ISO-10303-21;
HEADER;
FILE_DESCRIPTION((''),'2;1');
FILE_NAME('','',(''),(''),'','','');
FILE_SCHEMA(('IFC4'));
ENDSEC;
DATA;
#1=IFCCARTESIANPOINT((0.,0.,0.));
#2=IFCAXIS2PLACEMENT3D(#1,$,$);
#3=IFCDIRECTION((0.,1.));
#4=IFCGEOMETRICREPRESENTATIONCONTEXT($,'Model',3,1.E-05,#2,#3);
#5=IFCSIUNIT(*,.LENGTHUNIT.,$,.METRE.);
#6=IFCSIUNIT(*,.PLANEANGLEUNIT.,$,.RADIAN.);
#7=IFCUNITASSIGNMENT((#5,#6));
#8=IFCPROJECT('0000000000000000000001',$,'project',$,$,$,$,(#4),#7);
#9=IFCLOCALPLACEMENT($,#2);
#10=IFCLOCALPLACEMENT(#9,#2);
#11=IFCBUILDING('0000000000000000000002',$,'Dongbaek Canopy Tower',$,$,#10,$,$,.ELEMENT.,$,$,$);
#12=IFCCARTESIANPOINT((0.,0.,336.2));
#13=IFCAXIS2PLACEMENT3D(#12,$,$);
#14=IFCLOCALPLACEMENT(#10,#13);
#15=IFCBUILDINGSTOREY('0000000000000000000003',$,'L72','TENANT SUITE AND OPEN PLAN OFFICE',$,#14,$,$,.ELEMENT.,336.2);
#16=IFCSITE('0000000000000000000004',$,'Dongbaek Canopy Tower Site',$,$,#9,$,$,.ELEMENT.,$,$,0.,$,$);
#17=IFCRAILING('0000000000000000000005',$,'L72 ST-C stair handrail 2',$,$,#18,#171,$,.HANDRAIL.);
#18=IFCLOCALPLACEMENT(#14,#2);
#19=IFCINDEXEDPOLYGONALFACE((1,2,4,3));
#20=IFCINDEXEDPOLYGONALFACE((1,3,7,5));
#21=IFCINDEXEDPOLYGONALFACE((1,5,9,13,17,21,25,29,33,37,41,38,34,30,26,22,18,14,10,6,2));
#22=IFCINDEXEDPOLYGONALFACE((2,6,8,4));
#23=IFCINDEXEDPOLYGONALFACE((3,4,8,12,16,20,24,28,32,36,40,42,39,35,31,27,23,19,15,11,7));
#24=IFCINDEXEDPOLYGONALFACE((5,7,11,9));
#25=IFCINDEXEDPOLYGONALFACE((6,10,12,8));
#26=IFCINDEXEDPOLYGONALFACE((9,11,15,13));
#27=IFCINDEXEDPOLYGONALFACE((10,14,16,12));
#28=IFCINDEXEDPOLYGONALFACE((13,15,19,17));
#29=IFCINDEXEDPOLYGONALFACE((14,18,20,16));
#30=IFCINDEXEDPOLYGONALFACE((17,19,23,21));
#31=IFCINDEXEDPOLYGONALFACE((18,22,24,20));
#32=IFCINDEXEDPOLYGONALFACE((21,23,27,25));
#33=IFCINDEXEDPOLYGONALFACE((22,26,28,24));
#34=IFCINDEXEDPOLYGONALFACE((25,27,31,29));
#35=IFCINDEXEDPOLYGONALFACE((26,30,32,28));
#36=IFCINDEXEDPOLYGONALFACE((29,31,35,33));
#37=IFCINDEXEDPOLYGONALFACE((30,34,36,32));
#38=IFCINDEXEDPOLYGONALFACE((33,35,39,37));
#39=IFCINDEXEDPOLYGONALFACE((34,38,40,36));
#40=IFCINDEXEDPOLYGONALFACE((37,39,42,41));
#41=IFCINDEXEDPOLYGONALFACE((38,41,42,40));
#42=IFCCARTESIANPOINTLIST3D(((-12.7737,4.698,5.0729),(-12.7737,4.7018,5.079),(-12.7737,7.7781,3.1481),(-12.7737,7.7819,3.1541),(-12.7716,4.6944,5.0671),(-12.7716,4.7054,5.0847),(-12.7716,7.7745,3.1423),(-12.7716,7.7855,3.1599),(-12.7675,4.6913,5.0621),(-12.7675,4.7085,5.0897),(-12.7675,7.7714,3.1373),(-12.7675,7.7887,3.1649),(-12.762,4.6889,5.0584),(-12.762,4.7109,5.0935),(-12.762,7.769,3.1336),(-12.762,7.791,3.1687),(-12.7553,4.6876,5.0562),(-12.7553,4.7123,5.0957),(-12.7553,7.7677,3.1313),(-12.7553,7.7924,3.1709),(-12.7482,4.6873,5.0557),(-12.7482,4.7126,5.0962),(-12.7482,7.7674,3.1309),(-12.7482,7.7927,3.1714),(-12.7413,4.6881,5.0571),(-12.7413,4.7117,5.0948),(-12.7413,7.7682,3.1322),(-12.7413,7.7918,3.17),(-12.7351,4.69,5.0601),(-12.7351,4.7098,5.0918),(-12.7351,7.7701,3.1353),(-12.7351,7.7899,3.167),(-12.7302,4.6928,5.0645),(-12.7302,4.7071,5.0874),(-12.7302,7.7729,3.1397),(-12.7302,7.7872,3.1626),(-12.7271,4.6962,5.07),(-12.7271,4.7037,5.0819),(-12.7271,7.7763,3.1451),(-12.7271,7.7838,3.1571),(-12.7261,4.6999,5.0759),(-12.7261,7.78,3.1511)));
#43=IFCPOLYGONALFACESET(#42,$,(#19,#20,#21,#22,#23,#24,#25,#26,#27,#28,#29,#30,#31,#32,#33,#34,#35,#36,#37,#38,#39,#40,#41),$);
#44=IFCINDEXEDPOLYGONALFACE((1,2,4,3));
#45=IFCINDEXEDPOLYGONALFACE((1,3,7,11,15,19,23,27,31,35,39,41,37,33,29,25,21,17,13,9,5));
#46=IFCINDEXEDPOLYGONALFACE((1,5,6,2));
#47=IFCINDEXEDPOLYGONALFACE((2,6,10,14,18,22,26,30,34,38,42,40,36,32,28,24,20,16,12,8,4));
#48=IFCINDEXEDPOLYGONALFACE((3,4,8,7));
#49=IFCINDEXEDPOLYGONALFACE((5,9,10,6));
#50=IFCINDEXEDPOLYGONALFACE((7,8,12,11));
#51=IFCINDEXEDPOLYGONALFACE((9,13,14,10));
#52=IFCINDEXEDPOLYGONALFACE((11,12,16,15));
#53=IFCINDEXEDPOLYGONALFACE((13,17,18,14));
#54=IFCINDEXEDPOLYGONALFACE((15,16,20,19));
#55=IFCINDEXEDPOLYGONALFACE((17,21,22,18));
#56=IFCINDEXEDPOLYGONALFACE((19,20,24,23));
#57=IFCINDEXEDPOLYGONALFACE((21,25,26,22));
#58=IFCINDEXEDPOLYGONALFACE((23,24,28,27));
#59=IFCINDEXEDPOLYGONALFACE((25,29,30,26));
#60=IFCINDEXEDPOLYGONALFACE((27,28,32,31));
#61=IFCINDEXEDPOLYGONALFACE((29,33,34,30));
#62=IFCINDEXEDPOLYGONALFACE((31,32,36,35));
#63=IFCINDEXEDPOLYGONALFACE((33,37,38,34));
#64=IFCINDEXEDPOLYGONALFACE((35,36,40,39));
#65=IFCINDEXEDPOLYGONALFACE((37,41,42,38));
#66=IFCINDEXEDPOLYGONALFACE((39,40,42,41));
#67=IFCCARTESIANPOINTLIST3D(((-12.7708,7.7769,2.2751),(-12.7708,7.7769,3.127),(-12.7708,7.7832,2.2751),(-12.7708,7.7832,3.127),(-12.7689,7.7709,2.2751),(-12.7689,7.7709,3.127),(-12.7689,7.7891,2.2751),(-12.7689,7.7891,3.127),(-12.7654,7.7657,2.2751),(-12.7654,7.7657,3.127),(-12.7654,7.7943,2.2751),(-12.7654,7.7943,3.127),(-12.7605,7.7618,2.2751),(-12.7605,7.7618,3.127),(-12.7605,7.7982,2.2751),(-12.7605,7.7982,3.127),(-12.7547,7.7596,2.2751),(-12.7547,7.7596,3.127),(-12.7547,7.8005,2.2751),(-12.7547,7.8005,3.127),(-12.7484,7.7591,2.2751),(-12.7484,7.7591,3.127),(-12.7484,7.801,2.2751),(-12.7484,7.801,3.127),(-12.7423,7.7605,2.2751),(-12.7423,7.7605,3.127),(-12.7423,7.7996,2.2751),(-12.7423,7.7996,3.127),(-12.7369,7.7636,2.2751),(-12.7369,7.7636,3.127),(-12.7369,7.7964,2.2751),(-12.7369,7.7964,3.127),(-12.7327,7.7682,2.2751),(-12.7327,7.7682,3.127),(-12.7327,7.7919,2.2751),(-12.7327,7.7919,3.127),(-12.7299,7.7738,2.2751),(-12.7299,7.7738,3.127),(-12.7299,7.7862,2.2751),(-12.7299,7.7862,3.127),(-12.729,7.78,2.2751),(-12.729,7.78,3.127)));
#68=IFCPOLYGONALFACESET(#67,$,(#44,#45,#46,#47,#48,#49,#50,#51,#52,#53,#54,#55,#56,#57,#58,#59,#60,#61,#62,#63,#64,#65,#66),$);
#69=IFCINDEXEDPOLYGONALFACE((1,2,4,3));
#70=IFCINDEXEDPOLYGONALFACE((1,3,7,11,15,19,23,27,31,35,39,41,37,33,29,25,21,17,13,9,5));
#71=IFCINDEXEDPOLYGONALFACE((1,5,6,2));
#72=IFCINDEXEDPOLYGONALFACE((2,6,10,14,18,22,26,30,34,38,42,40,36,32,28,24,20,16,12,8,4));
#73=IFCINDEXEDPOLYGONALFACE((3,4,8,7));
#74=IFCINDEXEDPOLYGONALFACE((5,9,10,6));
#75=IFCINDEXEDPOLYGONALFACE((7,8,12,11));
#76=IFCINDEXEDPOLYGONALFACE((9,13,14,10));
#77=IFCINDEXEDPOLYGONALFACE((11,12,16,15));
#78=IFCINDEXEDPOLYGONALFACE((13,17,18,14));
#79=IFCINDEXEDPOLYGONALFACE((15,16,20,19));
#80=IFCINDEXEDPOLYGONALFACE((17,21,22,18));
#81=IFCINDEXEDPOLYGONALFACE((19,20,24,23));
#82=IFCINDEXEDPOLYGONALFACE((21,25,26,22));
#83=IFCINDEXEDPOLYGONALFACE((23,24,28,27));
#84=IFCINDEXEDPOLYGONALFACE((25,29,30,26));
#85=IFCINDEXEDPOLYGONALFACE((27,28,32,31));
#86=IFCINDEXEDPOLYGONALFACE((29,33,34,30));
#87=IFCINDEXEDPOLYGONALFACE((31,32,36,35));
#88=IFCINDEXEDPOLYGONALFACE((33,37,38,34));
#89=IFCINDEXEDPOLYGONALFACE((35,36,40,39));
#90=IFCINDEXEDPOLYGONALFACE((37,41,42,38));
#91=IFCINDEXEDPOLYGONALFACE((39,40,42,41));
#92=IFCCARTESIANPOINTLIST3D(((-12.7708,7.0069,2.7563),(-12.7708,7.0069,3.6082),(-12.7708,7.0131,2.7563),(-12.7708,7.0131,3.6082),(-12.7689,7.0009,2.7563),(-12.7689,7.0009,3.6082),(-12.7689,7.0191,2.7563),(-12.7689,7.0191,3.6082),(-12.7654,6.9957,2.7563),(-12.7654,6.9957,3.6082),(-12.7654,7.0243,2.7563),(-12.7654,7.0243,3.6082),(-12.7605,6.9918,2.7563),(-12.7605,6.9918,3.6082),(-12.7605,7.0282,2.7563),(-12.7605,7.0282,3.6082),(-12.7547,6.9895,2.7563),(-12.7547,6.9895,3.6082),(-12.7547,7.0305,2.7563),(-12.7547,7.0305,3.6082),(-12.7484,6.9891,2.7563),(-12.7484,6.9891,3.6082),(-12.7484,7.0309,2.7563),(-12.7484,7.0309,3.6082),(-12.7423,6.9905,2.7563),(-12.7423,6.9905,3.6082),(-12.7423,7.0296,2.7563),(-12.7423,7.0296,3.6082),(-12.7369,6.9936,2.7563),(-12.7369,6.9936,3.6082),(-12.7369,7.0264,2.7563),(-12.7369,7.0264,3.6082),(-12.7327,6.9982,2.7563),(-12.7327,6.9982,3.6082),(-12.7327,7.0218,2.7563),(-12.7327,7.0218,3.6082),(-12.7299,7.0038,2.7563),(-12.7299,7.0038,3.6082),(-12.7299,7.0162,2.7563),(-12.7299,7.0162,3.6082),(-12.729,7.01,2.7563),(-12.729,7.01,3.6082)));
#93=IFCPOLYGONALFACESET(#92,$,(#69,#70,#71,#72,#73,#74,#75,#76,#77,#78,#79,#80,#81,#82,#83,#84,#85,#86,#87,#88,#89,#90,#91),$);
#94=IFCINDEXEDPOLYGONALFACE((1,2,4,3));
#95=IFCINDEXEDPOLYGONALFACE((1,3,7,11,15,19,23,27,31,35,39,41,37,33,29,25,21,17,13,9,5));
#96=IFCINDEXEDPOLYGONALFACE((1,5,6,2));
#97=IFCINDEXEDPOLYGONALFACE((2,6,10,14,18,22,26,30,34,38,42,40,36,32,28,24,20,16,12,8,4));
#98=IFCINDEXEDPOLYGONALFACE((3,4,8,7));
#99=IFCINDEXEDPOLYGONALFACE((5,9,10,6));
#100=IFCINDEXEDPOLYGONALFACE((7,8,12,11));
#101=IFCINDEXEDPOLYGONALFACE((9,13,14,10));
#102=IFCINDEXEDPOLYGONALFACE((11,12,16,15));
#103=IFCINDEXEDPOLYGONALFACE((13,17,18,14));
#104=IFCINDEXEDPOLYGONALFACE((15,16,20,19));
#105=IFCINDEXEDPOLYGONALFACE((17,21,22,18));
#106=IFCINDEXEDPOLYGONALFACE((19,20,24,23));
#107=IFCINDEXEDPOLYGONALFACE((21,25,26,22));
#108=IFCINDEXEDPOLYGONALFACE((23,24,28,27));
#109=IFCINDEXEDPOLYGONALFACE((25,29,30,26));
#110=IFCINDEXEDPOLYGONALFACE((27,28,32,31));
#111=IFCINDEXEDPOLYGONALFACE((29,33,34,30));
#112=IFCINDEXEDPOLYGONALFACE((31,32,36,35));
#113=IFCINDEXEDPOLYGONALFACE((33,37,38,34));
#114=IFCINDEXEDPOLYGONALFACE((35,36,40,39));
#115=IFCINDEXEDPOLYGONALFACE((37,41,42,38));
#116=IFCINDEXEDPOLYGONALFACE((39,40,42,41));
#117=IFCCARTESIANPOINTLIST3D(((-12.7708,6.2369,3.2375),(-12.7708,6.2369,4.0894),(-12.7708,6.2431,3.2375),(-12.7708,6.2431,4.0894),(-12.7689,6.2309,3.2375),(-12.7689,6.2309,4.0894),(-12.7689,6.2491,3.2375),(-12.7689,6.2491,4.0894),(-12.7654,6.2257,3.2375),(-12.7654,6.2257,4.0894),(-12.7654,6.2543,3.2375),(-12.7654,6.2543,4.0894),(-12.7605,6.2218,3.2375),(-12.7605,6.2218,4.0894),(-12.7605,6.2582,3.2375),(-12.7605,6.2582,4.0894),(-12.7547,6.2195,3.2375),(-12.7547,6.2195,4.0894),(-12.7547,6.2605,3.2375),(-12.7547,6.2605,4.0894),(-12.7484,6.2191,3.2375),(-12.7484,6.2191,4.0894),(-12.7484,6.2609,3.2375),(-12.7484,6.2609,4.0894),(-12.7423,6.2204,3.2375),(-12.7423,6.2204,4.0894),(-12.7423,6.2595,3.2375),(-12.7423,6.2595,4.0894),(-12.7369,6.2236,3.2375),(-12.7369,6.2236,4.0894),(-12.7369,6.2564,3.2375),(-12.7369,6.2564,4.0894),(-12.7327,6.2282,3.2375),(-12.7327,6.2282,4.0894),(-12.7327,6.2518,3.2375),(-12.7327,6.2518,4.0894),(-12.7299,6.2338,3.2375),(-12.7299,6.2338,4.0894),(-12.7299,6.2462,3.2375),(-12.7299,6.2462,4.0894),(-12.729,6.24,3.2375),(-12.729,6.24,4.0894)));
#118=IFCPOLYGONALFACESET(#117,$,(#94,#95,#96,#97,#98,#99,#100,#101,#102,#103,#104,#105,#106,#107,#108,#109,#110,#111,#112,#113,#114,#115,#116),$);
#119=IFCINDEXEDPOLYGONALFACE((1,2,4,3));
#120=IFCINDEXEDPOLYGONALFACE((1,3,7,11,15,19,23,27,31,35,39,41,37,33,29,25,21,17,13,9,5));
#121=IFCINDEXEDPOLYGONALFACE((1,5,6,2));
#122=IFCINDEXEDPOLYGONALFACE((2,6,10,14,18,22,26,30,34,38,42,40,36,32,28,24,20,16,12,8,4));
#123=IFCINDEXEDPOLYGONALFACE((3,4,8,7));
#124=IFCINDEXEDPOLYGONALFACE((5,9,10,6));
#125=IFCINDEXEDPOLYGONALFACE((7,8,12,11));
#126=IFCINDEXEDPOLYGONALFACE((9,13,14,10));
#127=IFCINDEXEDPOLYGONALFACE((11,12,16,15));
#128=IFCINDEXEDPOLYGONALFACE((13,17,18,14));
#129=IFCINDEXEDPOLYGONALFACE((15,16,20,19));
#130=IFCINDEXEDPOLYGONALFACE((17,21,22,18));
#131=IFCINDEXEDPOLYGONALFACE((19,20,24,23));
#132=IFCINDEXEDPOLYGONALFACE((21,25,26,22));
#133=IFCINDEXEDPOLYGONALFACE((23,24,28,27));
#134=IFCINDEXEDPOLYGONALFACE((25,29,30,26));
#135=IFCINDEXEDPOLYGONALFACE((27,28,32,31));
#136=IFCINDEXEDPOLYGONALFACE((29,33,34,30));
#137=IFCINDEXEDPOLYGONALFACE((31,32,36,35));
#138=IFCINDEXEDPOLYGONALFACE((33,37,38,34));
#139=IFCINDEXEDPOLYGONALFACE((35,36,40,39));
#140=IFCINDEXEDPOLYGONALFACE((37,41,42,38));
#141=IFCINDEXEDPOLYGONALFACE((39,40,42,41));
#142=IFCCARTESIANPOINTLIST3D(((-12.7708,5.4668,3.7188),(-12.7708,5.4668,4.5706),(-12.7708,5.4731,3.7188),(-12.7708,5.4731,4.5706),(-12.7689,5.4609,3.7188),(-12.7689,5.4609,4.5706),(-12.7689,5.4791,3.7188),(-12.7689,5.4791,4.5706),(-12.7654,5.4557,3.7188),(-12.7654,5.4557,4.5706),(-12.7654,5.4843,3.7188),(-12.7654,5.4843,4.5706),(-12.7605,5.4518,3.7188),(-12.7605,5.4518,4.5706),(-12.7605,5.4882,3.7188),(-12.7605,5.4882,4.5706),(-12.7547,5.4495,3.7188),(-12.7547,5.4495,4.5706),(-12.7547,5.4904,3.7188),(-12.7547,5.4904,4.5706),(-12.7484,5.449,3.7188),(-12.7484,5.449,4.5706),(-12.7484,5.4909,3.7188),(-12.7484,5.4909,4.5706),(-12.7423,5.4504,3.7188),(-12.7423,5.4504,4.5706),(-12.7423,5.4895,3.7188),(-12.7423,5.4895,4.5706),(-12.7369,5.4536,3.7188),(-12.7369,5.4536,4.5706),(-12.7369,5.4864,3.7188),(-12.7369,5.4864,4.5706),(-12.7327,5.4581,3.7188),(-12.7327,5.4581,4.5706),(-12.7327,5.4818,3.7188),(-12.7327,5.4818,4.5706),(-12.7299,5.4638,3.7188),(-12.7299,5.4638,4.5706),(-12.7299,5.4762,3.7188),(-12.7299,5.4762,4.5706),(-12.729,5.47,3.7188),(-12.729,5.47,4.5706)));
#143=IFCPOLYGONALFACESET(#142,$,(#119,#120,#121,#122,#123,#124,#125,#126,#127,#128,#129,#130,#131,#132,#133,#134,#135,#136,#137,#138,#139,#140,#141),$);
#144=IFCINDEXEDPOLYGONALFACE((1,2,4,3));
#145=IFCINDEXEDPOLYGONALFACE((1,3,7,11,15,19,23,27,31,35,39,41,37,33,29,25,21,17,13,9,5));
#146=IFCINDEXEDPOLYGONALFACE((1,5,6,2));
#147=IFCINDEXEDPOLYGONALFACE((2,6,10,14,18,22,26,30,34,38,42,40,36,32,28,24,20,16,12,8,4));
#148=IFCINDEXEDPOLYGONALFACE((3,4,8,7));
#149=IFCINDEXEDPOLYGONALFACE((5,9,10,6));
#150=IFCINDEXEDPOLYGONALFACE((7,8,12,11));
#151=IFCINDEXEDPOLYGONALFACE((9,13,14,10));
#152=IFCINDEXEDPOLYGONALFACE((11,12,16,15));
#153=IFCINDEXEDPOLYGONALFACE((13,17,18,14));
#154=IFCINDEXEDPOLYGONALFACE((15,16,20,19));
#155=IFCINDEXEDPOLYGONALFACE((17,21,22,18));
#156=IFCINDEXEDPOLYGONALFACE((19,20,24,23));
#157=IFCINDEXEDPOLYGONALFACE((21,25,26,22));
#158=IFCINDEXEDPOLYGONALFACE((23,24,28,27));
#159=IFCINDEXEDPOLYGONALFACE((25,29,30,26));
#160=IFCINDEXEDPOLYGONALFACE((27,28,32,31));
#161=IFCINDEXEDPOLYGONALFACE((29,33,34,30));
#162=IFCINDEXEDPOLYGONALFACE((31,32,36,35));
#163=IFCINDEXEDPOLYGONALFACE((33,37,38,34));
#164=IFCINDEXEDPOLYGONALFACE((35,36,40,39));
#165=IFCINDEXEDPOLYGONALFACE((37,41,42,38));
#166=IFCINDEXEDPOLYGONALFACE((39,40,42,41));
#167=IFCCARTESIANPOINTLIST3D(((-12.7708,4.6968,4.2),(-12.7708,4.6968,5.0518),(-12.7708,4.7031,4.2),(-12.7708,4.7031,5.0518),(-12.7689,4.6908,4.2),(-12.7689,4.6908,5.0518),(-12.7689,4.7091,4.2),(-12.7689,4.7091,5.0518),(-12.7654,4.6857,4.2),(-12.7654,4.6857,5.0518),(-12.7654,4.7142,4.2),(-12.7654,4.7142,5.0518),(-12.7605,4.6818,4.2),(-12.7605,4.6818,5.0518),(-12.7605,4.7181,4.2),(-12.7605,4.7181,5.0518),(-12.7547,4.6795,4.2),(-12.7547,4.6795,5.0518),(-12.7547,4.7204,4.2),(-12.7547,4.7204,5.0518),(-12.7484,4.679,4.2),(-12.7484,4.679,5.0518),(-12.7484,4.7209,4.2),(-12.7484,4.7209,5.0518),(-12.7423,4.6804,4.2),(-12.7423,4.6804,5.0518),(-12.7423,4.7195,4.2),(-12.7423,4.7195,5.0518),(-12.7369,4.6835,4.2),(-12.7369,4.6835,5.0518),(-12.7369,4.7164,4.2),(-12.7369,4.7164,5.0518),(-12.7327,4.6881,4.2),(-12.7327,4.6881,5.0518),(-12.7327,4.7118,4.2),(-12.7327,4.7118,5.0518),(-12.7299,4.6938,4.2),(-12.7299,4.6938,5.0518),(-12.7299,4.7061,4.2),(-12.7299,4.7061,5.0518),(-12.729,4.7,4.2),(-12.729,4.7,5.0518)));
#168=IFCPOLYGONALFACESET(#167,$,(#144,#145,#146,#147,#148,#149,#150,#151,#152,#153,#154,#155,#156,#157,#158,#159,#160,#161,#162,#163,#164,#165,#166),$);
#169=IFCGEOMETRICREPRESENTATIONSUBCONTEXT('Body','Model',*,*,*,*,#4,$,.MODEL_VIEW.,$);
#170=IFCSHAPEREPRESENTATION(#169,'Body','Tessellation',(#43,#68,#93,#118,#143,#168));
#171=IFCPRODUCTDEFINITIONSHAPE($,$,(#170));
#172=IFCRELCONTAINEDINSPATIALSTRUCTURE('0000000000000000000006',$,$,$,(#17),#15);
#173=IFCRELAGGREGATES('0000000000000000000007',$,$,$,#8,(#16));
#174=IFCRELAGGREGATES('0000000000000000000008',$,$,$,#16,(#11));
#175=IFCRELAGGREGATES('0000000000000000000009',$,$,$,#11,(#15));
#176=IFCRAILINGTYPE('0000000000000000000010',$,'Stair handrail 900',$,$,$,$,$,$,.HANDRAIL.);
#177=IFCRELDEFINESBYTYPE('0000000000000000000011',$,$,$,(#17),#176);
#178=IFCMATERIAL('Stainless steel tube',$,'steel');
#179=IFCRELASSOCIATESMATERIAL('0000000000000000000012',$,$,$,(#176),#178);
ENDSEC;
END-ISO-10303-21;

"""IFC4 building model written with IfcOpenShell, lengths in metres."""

from ifc_helpers import new_model, si_unit, direction, frame, origin, origin_2d, place, context, subcontext, project, spatial, circle, extrude, material, type_object, element, save


model = new_model("IFC4")

# Units and contexts
model_context = context("Model", 3, precision=1e-05, world=origin(), true_north=direction((0.0, 1.0)))
body_context = subcontext(model_context, "Body", "Model", "MODEL_VIEW")
ifc_project = project(units=[si_unit("LENGTHUNIT", "METRE"), si_unit("PLANEANGLEUNIT", "RADIAN")], contexts=[model_context])

# Site, building, storey
site_placement = place(None, origin())
site = spatial("IfcSite", under=ifc_project, at=site_placement, Name="Dongbaek Canopy Tower Site", CompositionType="ELEMENT", RefElevation=0.0)
building_placement = place(site_placement, origin())
building = spatial("IfcBuilding", under=site, at=building_placement, Name="Dongbaek Canopy Tower", CompositionType="ELEMENT")
storey_placement = place(building_placement, frame((0.0, 0.0, 336.2)))
storey = spatial("IfcBuildingStorey", under=building, at=storey_placement, Name="L72", Description="TENANT SUITE AND OPEN PLAN OFFICE", CompositionType="ELEMENT", Elevation=336.2)

# Railing
ifc_material_1 = material(Name="Stainless steel tube", Category="steel")
railing_type_1 = type_object("IfcRailingType", Name="Stair handrail 900", PredefinedType="HANDRAIL", material=ifc_material_1)
railing_1_placement = place(storey_placement, frame((-12.75, 7.78, 2.2751)))
element("IfcRailing", 1, at=railing_1_placement, inside=storey, type_object=railing_type_1, Name="L72 ST-C stair handrail 2", PredefinedType="HANDRAIL", context=body_context, shape_type="SweptSolid", body=[
    extrude(circle(Radius=0.0239, at=origin_2d()), frame((0.0, 0.0, 0.876), z_axis=(0.0, -0.848029, 0.529951), x_axis=(1.0, 0.0, 0.0)), (0.0, 0.0, 1.0), 3.6321),
    extrude(circle(Radius=0.021, at=origin_2d()), origin(), (0.0, 0.0, 1.0), 0.8518),
    extrude(circle(Radius=0.021, at=origin_2d()), frame((0.0, -0.77, 0.4812)), (0.0, 0.0, 1.0), 0.8518),
    extrude(circle(Radius=0.021, at=origin_2d()), frame((0.0, -1.54, 0.9624)), (0.0, 0.0, 1.0), 0.8518),
    extrude(circle(Radius=0.021, at=origin_2d()), frame((0.0, -2.3101, 1.4436)), (0.0, 0.0, 1.0), 0.8518),
    extrude(circle(Radius=0.021, at=origin_2d()), frame((0.0, -3.0801, 1.9248)), (0.0, 0.0, 1.0), 0.8518),
])

save(model, "model.ifc")
